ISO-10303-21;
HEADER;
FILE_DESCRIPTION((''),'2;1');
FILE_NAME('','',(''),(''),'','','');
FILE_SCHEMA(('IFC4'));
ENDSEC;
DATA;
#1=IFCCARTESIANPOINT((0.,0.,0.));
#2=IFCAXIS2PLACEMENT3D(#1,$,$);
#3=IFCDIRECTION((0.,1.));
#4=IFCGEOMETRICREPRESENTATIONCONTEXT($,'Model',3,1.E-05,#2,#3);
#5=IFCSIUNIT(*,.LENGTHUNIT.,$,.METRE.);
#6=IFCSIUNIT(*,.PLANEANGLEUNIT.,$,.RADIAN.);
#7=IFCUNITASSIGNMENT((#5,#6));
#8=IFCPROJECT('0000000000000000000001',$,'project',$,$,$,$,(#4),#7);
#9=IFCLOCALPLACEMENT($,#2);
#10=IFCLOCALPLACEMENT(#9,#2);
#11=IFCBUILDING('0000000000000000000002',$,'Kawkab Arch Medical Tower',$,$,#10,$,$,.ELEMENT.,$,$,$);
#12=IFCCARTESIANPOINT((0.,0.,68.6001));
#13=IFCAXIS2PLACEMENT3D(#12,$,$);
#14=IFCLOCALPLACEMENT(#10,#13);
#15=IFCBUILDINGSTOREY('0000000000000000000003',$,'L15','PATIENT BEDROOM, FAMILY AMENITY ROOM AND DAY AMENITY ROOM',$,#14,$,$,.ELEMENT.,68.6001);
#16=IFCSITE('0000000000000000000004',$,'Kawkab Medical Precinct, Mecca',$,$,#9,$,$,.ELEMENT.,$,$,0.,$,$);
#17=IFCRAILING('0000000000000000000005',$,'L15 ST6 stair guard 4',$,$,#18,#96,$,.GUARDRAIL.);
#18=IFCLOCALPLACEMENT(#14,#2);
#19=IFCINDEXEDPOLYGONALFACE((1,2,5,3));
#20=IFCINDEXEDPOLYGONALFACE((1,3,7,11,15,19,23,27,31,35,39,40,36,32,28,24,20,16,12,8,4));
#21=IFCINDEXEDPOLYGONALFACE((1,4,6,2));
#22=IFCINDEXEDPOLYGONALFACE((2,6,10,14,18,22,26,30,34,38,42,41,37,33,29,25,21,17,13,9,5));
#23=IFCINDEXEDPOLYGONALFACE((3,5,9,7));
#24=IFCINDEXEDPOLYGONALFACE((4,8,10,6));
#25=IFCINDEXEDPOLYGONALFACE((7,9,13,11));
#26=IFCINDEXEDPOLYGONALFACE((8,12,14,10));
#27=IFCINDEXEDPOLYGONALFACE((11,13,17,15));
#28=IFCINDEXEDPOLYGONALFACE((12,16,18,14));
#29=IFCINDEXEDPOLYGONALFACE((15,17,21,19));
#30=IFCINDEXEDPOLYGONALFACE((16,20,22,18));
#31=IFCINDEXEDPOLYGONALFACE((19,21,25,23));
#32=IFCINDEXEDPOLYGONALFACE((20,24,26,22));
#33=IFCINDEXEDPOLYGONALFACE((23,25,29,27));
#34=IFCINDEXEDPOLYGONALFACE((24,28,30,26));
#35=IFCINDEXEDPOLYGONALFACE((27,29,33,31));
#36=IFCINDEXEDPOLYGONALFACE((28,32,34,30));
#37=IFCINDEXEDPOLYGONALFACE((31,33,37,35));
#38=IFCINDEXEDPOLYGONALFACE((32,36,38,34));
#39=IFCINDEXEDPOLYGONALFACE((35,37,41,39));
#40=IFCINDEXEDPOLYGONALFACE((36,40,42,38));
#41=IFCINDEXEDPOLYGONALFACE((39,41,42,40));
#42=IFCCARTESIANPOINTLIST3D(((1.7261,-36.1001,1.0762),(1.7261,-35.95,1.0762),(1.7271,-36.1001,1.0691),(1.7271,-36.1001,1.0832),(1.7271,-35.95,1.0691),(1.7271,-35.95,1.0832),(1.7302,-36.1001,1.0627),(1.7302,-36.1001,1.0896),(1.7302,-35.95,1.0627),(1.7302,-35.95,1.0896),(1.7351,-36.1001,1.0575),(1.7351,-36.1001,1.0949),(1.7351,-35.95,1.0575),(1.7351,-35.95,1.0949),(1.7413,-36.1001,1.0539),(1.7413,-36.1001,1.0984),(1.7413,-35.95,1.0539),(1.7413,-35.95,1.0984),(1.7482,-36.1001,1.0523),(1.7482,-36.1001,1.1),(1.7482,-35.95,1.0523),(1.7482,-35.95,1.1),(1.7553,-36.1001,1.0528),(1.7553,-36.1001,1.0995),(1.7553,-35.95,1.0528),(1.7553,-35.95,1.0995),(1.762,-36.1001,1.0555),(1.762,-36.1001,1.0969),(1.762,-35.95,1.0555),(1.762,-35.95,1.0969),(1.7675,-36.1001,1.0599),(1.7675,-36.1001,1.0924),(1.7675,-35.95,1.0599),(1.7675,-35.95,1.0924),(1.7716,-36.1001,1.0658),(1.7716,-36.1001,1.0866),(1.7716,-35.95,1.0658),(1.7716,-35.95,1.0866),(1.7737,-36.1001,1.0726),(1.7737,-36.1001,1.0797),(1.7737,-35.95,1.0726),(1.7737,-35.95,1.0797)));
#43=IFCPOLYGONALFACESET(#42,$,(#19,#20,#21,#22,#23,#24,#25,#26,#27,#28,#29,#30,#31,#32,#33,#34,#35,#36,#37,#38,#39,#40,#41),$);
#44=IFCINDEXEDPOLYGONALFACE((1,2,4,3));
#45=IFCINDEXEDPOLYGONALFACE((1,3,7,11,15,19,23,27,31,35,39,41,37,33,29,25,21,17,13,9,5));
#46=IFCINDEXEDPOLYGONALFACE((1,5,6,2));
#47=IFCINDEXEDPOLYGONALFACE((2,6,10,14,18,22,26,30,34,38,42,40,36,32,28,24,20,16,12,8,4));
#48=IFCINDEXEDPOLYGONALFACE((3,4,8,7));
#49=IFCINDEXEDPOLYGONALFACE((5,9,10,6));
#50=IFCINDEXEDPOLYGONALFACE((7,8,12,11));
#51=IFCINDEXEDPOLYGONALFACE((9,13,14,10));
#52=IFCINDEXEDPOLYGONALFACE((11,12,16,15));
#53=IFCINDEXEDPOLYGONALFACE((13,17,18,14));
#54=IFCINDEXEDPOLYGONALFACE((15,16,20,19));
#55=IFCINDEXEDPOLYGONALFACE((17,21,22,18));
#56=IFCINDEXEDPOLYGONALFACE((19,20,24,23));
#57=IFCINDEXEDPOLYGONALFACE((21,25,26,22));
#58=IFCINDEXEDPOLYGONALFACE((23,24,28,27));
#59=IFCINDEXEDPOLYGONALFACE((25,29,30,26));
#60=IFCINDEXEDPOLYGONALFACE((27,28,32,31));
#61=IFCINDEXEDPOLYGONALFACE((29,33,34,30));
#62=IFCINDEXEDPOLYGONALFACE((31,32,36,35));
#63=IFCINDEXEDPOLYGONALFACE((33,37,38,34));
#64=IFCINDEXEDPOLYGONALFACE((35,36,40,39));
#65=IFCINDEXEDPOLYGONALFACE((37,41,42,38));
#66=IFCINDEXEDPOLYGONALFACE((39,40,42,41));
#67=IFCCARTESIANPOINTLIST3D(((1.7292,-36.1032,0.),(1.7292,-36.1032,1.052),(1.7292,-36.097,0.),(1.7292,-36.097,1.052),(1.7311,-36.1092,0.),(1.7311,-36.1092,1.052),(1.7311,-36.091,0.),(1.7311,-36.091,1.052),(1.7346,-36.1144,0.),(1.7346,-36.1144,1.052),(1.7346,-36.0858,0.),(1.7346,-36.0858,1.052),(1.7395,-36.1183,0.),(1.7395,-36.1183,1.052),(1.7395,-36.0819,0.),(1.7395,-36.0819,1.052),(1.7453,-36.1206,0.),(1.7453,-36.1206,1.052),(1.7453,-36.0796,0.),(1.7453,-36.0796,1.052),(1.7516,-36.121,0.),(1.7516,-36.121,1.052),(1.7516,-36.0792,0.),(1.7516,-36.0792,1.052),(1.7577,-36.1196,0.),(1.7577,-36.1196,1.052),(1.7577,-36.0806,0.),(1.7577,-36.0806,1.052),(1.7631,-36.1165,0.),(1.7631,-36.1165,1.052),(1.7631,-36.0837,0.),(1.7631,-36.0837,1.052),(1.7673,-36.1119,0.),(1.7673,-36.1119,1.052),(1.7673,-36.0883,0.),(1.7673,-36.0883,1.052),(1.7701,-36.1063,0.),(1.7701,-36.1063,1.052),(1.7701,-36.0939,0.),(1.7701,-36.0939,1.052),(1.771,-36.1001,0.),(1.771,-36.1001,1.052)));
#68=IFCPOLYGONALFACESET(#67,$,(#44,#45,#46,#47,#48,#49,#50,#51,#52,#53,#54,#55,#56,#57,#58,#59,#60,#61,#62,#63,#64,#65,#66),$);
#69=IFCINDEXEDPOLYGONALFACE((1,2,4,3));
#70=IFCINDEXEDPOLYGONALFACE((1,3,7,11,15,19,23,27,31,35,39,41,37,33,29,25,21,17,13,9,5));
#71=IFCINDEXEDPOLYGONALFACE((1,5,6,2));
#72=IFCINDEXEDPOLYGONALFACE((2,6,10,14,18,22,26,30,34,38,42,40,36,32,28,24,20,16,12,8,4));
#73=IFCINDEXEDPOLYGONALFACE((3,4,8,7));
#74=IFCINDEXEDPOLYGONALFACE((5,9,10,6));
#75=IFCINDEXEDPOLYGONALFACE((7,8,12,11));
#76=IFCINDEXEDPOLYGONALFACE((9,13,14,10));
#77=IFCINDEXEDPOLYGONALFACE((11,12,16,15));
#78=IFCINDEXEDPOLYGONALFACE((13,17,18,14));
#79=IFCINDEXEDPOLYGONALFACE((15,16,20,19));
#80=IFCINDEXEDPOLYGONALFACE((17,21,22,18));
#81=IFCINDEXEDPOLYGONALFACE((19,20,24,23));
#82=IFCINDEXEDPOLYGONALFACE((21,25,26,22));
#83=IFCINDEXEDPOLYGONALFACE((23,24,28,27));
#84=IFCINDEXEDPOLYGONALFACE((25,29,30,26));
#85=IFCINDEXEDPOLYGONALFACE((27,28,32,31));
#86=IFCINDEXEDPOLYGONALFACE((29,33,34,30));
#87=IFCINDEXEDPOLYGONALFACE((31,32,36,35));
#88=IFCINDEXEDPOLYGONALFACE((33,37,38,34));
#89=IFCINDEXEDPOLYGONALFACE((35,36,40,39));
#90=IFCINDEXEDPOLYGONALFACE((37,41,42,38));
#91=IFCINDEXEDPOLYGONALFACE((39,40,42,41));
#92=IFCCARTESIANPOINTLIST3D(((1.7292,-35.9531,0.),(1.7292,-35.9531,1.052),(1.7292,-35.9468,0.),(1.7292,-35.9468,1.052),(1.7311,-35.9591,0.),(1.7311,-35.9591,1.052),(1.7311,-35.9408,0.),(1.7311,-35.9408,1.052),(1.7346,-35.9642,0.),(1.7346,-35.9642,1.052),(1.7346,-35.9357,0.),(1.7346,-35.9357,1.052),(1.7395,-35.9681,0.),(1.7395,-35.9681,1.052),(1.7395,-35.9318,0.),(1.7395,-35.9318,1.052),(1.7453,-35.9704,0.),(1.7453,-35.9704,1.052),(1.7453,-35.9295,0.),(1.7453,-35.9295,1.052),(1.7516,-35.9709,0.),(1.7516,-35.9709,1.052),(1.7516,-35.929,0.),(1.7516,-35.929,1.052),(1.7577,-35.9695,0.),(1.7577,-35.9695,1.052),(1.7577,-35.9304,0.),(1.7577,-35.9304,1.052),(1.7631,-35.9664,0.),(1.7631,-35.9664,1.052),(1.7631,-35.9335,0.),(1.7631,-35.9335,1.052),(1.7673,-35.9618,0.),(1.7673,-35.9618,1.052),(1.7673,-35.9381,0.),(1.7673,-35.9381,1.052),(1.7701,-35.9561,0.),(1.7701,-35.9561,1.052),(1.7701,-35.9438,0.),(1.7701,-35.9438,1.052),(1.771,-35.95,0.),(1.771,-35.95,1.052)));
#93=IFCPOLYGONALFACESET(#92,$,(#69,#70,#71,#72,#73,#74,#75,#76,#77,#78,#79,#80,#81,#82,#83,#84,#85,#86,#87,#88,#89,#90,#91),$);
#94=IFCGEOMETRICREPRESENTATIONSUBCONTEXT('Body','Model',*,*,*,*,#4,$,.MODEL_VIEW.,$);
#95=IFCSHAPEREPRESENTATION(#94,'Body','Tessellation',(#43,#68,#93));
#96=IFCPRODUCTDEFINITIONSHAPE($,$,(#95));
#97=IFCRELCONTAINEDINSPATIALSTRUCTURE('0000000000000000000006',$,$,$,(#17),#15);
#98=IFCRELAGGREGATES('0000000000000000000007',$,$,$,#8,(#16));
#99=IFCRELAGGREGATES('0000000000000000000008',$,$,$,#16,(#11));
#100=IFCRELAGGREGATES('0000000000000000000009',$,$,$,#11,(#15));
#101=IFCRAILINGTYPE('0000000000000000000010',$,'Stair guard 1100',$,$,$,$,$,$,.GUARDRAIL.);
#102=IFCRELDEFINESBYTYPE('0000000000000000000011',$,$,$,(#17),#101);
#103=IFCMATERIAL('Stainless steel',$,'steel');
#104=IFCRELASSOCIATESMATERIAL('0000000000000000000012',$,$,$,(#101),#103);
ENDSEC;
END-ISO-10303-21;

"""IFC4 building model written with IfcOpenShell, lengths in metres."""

from ifc_helpers import new_model, si_unit, direction, frame, origin, origin_2d, place, context, subcontext, project, spatial, circle, extrude, material, type_object, element, save


model = new_model("IFC4")

# Units and contexts
model_context = context("Model", 3, precision=1e-05, world=origin(), true_north=direction((0.0, 1.0)))
body_context = subcontext(model_context, "Body", "Model", "MODEL_VIEW")
ifc_project = project(units=[si_unit("LENGTHUNIT", "METRE"), si_unit("PLANEANGLEUNIT", "RADIAN")], contexts=[model_context])

# Site, building, storey
site_placement = place(None, origin())
site = spatial("IfcSite", under=ifc_project, at=site_placement, Name="Kawkab Medical Precinct, Mecca", CompositionType="ELEMENT", RefElevation=0.0)
building_placement = place(site_placement, origin())
building = spatial("IfcBuilding", under=site, at=building_placement, Name="Kawkab Arch Medical Tower", CompositionType="ELEMENT")
storey_placement = place(building_placement, frame((0.0, 0.0, 68.6001)))
storey = spatial("IfcBuildingStorey", under=building, at=storey_placement, Name="L15", Description="PATIENT BEDROOM, FAMILY AMENITY ROOM AND DAY AMENITY ROOM", CompositionType="ELEMENT", Elevation=68.6001)

# Railing
ifc_material_1 = material(Name="Stainless steel", Category="steel")
railing_type = type_object("IfcRailingType", Name="Stair guard 1100", PredefinedType="GUARDRAIL", material=ifc_material_1)
railing_1_placement = place(storey_placement, frame((1.75, -36.1001, 0.0)))
element("IfcRailing", 1, at=railing_1_placement, inside=storey, type_object=railing_type, Name="L15 ST6 stair guard 4", PredefinedType="GUARDRAIL", context=body_context, shape_type="SweptSolid", body=[
    extrude(circle(Radius=0.0239, at=origin_2d()), frame((0.0, 0.0, 1.0762), z_axis=(0.0, 1.0, 0.0), x_axis=(-1.0, 0.0, 0.0)), (0.0, 0.0, 1.0), 0.1501),
    extrude(circle(Radius=0.021, at=origin_2d()), origin(), (0.0, 0.0, 1.0), 1.052),
    extrude(circle(Radius=0.021, at=origin_2d()), frame((0.0, 0.1501, 0.0)), (0.0, 0.0, 1.0), 1.052),
])

save(model, "model.ifc")
